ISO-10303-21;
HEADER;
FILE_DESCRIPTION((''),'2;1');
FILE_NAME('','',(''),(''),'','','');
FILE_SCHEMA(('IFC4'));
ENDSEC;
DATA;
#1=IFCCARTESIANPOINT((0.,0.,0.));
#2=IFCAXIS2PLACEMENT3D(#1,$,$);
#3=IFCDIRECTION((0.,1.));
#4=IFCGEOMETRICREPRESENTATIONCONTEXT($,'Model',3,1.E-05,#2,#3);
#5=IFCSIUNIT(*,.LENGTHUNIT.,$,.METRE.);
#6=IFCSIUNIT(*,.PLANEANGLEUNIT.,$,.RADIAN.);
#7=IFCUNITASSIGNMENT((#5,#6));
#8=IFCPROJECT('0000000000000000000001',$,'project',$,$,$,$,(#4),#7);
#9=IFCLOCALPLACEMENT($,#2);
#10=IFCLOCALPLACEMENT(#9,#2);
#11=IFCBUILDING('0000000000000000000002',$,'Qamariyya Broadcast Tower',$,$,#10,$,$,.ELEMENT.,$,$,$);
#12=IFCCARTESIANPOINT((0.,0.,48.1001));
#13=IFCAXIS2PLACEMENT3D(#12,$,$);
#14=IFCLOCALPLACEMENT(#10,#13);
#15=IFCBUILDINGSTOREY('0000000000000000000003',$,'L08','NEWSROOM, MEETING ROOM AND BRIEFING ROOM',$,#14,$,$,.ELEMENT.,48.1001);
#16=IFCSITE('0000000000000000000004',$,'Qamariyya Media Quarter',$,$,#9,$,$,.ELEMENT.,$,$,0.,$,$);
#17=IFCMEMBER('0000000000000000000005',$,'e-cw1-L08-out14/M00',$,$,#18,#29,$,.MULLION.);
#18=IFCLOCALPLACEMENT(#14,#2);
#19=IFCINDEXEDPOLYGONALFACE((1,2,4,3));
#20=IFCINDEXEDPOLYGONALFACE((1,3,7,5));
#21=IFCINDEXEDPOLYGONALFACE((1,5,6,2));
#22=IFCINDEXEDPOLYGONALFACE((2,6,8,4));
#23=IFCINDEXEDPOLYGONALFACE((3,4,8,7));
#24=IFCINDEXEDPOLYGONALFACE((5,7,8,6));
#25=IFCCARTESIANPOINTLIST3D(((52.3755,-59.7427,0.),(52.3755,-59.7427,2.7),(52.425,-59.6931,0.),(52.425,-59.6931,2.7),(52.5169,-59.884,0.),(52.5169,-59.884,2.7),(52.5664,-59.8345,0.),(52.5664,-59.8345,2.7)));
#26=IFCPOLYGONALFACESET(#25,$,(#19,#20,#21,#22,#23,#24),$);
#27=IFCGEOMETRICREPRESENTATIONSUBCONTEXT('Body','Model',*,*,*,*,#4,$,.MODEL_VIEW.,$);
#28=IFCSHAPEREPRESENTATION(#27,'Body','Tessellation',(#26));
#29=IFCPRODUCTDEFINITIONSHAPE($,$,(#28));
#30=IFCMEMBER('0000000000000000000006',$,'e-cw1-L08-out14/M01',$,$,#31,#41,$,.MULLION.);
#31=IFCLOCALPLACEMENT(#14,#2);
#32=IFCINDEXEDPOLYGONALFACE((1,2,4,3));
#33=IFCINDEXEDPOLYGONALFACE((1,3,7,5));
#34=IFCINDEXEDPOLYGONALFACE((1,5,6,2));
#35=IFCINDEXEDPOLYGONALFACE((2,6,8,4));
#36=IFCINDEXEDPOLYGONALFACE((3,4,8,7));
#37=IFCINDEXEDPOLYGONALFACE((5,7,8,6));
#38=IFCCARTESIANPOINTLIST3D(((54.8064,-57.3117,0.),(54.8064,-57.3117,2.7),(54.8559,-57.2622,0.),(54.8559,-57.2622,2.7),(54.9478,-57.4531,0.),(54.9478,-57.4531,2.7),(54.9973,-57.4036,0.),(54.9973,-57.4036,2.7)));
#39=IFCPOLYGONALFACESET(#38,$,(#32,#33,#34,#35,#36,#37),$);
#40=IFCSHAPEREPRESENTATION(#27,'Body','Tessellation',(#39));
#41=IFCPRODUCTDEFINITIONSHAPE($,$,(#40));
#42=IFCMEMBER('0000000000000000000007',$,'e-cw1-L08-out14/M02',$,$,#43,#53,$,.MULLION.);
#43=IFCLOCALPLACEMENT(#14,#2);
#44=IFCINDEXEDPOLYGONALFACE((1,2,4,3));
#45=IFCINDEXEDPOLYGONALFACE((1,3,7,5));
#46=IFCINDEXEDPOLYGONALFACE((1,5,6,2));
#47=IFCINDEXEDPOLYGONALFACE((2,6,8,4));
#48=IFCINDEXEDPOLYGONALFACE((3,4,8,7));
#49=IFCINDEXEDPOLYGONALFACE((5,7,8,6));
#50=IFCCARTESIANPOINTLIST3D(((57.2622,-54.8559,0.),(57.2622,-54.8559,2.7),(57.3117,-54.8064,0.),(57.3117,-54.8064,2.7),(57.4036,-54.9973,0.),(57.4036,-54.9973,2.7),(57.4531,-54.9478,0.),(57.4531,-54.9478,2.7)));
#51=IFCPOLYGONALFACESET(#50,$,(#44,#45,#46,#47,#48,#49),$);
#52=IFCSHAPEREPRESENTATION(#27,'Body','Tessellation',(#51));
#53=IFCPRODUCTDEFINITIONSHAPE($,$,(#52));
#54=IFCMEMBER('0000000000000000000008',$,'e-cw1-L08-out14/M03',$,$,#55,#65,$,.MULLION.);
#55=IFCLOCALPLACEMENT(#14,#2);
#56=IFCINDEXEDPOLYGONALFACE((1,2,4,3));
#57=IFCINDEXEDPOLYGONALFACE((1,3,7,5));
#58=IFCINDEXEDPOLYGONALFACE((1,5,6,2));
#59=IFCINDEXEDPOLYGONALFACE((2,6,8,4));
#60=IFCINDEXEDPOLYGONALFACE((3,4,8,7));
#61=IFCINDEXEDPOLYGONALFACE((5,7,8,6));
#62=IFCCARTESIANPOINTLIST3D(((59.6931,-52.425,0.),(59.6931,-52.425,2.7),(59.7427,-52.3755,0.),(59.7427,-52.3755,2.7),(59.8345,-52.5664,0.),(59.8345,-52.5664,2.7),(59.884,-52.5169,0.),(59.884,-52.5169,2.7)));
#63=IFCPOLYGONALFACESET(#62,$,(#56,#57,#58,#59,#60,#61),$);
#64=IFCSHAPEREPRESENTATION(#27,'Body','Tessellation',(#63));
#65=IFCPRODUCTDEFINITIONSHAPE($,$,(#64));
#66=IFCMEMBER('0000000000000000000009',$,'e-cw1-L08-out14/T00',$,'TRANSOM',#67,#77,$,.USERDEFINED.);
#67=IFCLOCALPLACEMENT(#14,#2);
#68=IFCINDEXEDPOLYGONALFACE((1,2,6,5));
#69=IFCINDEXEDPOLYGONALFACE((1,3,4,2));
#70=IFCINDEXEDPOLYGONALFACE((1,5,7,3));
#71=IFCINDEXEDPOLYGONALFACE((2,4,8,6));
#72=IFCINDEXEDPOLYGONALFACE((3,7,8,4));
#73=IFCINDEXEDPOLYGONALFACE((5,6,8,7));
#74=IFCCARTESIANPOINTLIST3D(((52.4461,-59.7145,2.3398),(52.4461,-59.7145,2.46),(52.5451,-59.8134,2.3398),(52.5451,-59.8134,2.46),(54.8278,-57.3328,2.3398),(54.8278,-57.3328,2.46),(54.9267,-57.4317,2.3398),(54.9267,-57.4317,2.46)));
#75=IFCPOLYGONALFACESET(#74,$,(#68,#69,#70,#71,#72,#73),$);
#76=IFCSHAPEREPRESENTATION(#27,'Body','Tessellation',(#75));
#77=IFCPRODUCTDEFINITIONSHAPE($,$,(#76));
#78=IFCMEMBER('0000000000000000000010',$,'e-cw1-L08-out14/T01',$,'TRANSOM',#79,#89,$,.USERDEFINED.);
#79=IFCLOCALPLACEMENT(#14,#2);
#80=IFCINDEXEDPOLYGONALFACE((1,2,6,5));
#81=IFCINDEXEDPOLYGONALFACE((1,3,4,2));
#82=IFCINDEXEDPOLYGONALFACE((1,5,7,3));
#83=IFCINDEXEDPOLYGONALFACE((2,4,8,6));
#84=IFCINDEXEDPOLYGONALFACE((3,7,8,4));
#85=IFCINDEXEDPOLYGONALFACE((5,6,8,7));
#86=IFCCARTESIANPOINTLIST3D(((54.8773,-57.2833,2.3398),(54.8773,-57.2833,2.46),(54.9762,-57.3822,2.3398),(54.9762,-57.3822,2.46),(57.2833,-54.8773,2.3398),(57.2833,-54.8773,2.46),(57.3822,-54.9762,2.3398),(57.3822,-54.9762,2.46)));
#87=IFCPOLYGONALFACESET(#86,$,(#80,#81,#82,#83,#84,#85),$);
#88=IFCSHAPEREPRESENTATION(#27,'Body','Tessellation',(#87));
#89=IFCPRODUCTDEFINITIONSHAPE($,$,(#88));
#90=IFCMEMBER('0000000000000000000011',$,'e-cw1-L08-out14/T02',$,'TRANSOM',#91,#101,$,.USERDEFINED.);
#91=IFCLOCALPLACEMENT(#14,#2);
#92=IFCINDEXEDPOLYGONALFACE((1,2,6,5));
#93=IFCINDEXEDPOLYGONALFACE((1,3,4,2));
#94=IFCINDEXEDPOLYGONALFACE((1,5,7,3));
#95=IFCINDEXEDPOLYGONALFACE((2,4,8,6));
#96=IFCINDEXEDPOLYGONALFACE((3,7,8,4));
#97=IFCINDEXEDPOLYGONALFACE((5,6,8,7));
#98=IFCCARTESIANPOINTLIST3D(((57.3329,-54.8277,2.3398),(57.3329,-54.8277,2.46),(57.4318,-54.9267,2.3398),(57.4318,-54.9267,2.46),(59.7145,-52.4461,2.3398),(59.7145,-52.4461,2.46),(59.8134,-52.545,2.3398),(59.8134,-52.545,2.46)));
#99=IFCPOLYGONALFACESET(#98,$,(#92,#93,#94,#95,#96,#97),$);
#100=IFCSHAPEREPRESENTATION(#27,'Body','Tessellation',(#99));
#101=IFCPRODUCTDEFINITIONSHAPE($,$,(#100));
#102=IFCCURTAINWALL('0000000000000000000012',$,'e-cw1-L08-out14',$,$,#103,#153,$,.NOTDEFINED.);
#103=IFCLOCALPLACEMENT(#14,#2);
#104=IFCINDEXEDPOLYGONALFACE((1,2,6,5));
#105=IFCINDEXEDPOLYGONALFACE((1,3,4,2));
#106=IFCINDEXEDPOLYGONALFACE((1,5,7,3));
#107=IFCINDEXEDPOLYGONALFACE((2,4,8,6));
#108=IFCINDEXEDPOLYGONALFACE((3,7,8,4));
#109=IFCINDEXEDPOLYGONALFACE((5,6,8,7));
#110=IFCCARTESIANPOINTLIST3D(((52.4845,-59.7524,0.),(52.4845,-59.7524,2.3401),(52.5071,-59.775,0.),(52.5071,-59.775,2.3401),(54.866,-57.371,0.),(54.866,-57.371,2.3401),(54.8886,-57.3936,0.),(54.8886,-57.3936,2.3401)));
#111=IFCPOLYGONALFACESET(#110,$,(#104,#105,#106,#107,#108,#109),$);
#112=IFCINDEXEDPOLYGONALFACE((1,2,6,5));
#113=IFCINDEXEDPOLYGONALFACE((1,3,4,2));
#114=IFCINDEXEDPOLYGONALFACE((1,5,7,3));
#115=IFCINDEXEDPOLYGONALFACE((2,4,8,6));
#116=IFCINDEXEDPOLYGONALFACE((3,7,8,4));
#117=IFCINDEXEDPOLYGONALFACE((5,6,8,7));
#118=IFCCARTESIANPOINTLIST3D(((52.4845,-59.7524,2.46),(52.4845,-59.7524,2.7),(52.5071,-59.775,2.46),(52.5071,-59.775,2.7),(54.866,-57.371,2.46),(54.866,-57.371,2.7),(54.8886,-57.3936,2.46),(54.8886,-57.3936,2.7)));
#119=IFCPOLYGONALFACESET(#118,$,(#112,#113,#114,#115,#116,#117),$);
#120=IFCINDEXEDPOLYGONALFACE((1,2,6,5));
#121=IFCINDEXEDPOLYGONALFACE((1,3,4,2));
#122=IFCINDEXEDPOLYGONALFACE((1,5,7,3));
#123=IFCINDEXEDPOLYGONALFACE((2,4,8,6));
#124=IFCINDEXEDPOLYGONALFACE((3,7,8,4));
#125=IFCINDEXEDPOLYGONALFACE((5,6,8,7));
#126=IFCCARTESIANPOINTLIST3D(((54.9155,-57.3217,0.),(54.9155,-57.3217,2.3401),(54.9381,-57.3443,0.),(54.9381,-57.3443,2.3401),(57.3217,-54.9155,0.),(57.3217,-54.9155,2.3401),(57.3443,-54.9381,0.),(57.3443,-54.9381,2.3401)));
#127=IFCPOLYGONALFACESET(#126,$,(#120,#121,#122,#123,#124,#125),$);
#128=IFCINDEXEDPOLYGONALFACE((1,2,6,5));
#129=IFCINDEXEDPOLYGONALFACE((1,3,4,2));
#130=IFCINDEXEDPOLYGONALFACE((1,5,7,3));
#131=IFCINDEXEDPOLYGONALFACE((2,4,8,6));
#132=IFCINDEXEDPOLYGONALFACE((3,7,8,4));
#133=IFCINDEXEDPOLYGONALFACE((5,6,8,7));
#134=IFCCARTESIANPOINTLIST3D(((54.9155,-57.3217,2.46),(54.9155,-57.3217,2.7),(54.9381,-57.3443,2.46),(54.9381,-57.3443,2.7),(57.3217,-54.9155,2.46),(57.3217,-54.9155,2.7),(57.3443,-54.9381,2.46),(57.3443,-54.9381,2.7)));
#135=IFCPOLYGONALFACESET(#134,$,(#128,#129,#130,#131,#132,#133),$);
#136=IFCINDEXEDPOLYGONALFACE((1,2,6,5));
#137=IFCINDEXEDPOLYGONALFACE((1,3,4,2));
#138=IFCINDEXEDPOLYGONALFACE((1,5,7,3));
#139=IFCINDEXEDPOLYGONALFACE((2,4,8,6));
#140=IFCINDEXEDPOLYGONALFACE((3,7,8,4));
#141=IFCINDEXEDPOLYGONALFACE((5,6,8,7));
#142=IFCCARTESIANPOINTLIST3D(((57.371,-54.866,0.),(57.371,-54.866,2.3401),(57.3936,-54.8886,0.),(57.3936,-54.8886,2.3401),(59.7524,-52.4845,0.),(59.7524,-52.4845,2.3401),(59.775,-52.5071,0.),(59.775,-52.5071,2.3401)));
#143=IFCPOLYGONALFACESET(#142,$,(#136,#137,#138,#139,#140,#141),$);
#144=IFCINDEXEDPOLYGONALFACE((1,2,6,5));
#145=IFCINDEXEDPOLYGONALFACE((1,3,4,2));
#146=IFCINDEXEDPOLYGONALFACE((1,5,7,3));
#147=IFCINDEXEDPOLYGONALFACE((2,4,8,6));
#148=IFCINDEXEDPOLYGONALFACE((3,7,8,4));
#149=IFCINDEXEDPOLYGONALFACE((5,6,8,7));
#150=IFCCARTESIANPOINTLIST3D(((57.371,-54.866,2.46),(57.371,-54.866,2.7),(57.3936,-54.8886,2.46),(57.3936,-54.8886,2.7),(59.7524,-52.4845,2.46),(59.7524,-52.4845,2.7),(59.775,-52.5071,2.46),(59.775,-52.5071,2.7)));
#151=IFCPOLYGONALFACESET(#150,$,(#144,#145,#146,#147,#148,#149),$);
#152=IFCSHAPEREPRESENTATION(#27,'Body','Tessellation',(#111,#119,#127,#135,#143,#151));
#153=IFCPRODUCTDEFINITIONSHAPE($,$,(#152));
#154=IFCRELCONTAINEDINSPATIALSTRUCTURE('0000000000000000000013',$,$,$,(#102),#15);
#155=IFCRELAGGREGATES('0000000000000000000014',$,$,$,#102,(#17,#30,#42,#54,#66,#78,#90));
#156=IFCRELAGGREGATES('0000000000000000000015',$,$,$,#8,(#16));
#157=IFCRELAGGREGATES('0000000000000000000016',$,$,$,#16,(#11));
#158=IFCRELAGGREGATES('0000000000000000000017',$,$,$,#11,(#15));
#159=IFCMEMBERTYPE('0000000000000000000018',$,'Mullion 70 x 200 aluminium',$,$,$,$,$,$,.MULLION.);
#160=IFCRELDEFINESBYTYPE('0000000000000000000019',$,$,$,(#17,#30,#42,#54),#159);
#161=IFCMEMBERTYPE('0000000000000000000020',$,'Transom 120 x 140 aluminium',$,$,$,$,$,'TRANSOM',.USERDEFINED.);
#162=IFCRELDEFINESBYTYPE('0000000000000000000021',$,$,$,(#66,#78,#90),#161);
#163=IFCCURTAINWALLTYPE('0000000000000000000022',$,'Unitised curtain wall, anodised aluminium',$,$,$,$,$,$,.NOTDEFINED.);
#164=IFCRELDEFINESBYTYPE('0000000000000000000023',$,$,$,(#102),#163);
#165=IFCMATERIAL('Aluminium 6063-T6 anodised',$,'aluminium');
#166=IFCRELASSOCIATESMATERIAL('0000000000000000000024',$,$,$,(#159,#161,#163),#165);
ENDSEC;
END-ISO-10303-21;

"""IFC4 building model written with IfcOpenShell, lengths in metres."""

from ifc_helpers import new_model, si_unit, direction, frame, origin, origin_2d, place, context, subcontext, project, spatial, rectangle, extrude, material, material_profile, profile_set, type_object, element, aggregate, save


model = new_model("IFC4")

# Units and contexts
model_context = context("Model", 3, precision=1e-05, world=origin(), true_north=direction((0.0, 1.0)))
body_context = subcontext(model_context, "Body", "Model", "MODEL_VIEW")
ifc_project = project(units=[si_unit("LENGTHUNIT", "METRE"), si_unit("PLANEANGLEUNIT", "RADIAN")], contexts=[model_context])

# Members
ifc_material_1 = material(Name="Aluminium 6063-T6 anodised", Category="aluminium")
ifc_material_profile_1 = material_profile(ifc_material_1, rectangle(XDim=0.2, YDim=0.0701, at=origin_2d()))
ifc_profile_set_1 = profile_set([ifc_material_profile_1], Name="Aluminium 6063-T6 anodised")
member_type_1 = type_object("IfcMemberType", Name="Mullion 70 x 200 aluminium", PredefinedType="MULLION", material=ifc_profile_set_1)
site_placement = place(None, origin())
building_placement = place(site_placement, origin())
storey_placement = place(building_placement, frame((0.0, 0.0, 48.1001)))
member_1_placement = place(storey_placement, frame((52.4709, -59.7886, 0.0), z_axis=(0.0, 0.0, 1.0), x_axis=(-0.707107, 0.707107, 0.0)))
member_1 = element("IfcMember", 1, at=member_1_placement, type_object=member_type_1, Name="e-cw1-L08-out14/M00", PredefinedType="MULLION", context=body_context, shape_type="SweptSolid", body=[
    extrude(rectangle(XDim=0.2, YDim=0.0701, at=origin_2d()), origin(), (0.0, 0.0, 1.0), 2.7),
])
member_2_placement = place(storey_placement, frame((54.9019, -57.3577, 0.0), z_axis=(0.0, 0.0, 1.0), x_axis=(-0.707107, 0.707107, 0.0)))
member_2 = element("IfcMember", 2, at=member_2_placement, type_object=member_type_1, Name="e-cw1-L08-out14/M01", PredefinedType="MULLION", context=body_context, shape_type="SweptSolid", body=[
    extrude(rectangle(XDim=0.2, YDim=0.0701, at=origin_2d()), origin(), (0.0, 0.0, 1.0), 2.7),
])
member_3_placement = place(storey_placement, frame((57.3577, -54.9019, 0.0), z_axis=(0.0, 0.0, 1.0), x_axis=(-0.707107, 0.707107, 0.0)))
member_3 = element("IfcMember", 3, at=member_3_placement, type_object=member_type_1, Name="e-cw1-L08-out14/M02", PredefinedType="MULLION", context=body_context, shape_type="SweptSolid", body=[
    extrude(rectangle(XDim=0.2, YDim=0.0701, at=origin_2d()), origin(), (0.0, 0.0, 1.0), 2.7),
])
member_4_placement = place(storey_placement, frame((59.7886, -52.4709, 0.0), z_axis=(0.0, 0.0, 1.0), x_axis=(-0.707107, 0.707107, 0.0)))
member_4 = element("IfcMember", 4, at=member_4_placement, type_object=member_type_1, Name="e-cw1-L08-out14/M03", PredefinedType="MULLION", context=body_context, shape_type="SweptSolid", body=[
    extrude(rectangle(XDim=0.2, YDim=0.0701, at=origin_2d()), origin(), (0.0, 0.0, 1.0), 2.7),
])
ifc_material_profile_2 = material_profile(ifc_material_1, rectangle(XDim=0.1399, YDim=0.1201, at=origin_2d()))
ifc_profile_set_2 = profile_set([ifc_material_profile_2], Name="Aluminium 6063-T6 anodised")
member_type_2 = type_object("IfcMemberType", Name="Transom 120 x 140 aluminium", ElementType="TRANSOM", PredefinedType="USERDEFINED", material=ifc_profile_set_2)
member_5_placement = place(storey_placement, frame((52.4956, -59.7639, 2.3999), z_axis=(0.707107, 0.707107, 0.0), x_axis=(-0.707107, 0.707107, 0.0)))
member_5 = element("IfcMember", 5, at=member_5_placement, type_object=member_type_2, Name="e-cw1-L08-out14/T00", ObjectType="TRANSOM", PredefinedType="USERDEFINED", context=body_context, shape_type="SweptSolid", body=[
    extrude(rectangle(XDim=0.1399, YDim=0.1201, at=origin_2d()), origin(), (0.0, 0.0, 1.0), 3.3682),
])
member_6_placement = place(storey_placement, frame((54.9268, -57.3328, 2.3999), z_axis=(0.707107, 0.707107, 0.0), x_axis=(-0.707107, 0.707107, 0.0)))
member_6 = element("IfcMember", 6, at=member_6_placement, type_object=member_type_2, Name="e-cw1-L08-out14/T01", ObjectType="TRANSOM", PredefinedType="USERDEFINED", context=body_context, shape_type="SweptSolid", body=[
    extrude(rectangle(XDim=0.1399, YDim=0.1201, at=origin_2d()), origin(), (0.0, 0.0, 1.0), 3.4026),
])
member_7_placement = place(storey_placement, frame((57.3823, -54.8772, 2.3999), z_axis=(0.707107, 0.707107, 0.0), x_axis=(-0.707107, 0.707107, 0.0)))
member_7 = element("IfcMember", 7, at=member_7_placement, type_object=member_type_2, Name="e-cw1-L08-out14/T02", ObjectType="TRANSOM", PredefinedType="USERDEFINED", context=body_context, shape_type="SweptSolid", body=[
    extrude(rectangle(XDim=0.1399, YDim=0.1201, at=origin_2d()), origin(), (0.0, 0.0, 1.0), 3.3682),
])

# Site, building, storey
site = spatial("IfcSite", under=ifc_project, at=site_placement, Name="Qamariyya Media Quarter", CompositionType="ELEMENT", RefElevation=0.0)
building = spatial("IfcBuilding", under=site, at=building_placement, Name="Qamariyya Broadcast Tower", CompositionType="ELEMENT")
storey = spatial("IfcBuildingStorey", under=building, at=storey_placement, Name="L08", Description="NEWSROOM, MEETING ROOM AND BRIEFING ROOM", CompositionType="ELEMENT", Elevation=48.1001)

# Curtain wall
curtain_wall_type = type_object("IfcCurtainWallType", Name="Unitised curtain wall, anodised aluminium", PredefinedType="NOTDEFINED", material=ifc_material_1)
curtain_wall_1_placement = place(storey_placement, origin())
curtain_wall_1 = element("IfcCurtainWall", 8, at=curtain_wall_1_placement, inside=storey, type_object=curtain_wall_type, Name="e-cw1-L08-out14", PredefinedType="NOTDEFINED", context=body_context, shape_type="SweptSolid", body=[
    extrude(rectangle(XDim=3.3679, YDim=0.032, at=origin_2d()), frame((53.6865, -58.573, 0.0), x_axis=(0.707107, 0.707107, 0.0)), (0.0, 0.0, 1.0), 2.3401),
    extrude(rectangle(XDim=3.3679, YDim=0.032, at=origin_2d()), frame((53.6865, -58.573, 2.46), x_axis=(0.707107, 0.707107, 0.0)), (0.0, 0.0, 1.0), 0.24),
    extrude(rectangle(XDim=3.4028, YDim=0.032, at=origin_2d()), frame((56.1299, -56.1299, 0.0), x_axis=(0.707107, 0.707107, 0.0)), (0.0, 0.0, 1.0), 2.3401),
    extrude(rectangle(XDim=3.4028, YDim=0.032, at=origin_2d()), frame((56.1299, -56.1299, 2.46), x_axis=(0.707107, 0.707107, 0.0)), (0.0, 0.0, 1.0), 0.24),
    extrude(rectangle(XDim=3.3679, YDim=0.032, at=origin_2d()), frame((58.573, -53.6865, 0.0), x_axis=(0.707107, 0.707107, 0.0)), (0.0, 0.0, 1.0), 2.3401),
    extrude(rectangle(XDim=3.3679, YDim=0.032, at=origin_2d()), frame((58.573, -53.6865, 2.46), x_axis=(0.707107, 0.707107, 0.0)), (0.0, 0.0, 1.0), 0.24),
])
aggregate(curtain_wall_1, [member_1, member_2, member_3, member_4, member_5, member_6, member_7])

save(model, "model.ifc")
